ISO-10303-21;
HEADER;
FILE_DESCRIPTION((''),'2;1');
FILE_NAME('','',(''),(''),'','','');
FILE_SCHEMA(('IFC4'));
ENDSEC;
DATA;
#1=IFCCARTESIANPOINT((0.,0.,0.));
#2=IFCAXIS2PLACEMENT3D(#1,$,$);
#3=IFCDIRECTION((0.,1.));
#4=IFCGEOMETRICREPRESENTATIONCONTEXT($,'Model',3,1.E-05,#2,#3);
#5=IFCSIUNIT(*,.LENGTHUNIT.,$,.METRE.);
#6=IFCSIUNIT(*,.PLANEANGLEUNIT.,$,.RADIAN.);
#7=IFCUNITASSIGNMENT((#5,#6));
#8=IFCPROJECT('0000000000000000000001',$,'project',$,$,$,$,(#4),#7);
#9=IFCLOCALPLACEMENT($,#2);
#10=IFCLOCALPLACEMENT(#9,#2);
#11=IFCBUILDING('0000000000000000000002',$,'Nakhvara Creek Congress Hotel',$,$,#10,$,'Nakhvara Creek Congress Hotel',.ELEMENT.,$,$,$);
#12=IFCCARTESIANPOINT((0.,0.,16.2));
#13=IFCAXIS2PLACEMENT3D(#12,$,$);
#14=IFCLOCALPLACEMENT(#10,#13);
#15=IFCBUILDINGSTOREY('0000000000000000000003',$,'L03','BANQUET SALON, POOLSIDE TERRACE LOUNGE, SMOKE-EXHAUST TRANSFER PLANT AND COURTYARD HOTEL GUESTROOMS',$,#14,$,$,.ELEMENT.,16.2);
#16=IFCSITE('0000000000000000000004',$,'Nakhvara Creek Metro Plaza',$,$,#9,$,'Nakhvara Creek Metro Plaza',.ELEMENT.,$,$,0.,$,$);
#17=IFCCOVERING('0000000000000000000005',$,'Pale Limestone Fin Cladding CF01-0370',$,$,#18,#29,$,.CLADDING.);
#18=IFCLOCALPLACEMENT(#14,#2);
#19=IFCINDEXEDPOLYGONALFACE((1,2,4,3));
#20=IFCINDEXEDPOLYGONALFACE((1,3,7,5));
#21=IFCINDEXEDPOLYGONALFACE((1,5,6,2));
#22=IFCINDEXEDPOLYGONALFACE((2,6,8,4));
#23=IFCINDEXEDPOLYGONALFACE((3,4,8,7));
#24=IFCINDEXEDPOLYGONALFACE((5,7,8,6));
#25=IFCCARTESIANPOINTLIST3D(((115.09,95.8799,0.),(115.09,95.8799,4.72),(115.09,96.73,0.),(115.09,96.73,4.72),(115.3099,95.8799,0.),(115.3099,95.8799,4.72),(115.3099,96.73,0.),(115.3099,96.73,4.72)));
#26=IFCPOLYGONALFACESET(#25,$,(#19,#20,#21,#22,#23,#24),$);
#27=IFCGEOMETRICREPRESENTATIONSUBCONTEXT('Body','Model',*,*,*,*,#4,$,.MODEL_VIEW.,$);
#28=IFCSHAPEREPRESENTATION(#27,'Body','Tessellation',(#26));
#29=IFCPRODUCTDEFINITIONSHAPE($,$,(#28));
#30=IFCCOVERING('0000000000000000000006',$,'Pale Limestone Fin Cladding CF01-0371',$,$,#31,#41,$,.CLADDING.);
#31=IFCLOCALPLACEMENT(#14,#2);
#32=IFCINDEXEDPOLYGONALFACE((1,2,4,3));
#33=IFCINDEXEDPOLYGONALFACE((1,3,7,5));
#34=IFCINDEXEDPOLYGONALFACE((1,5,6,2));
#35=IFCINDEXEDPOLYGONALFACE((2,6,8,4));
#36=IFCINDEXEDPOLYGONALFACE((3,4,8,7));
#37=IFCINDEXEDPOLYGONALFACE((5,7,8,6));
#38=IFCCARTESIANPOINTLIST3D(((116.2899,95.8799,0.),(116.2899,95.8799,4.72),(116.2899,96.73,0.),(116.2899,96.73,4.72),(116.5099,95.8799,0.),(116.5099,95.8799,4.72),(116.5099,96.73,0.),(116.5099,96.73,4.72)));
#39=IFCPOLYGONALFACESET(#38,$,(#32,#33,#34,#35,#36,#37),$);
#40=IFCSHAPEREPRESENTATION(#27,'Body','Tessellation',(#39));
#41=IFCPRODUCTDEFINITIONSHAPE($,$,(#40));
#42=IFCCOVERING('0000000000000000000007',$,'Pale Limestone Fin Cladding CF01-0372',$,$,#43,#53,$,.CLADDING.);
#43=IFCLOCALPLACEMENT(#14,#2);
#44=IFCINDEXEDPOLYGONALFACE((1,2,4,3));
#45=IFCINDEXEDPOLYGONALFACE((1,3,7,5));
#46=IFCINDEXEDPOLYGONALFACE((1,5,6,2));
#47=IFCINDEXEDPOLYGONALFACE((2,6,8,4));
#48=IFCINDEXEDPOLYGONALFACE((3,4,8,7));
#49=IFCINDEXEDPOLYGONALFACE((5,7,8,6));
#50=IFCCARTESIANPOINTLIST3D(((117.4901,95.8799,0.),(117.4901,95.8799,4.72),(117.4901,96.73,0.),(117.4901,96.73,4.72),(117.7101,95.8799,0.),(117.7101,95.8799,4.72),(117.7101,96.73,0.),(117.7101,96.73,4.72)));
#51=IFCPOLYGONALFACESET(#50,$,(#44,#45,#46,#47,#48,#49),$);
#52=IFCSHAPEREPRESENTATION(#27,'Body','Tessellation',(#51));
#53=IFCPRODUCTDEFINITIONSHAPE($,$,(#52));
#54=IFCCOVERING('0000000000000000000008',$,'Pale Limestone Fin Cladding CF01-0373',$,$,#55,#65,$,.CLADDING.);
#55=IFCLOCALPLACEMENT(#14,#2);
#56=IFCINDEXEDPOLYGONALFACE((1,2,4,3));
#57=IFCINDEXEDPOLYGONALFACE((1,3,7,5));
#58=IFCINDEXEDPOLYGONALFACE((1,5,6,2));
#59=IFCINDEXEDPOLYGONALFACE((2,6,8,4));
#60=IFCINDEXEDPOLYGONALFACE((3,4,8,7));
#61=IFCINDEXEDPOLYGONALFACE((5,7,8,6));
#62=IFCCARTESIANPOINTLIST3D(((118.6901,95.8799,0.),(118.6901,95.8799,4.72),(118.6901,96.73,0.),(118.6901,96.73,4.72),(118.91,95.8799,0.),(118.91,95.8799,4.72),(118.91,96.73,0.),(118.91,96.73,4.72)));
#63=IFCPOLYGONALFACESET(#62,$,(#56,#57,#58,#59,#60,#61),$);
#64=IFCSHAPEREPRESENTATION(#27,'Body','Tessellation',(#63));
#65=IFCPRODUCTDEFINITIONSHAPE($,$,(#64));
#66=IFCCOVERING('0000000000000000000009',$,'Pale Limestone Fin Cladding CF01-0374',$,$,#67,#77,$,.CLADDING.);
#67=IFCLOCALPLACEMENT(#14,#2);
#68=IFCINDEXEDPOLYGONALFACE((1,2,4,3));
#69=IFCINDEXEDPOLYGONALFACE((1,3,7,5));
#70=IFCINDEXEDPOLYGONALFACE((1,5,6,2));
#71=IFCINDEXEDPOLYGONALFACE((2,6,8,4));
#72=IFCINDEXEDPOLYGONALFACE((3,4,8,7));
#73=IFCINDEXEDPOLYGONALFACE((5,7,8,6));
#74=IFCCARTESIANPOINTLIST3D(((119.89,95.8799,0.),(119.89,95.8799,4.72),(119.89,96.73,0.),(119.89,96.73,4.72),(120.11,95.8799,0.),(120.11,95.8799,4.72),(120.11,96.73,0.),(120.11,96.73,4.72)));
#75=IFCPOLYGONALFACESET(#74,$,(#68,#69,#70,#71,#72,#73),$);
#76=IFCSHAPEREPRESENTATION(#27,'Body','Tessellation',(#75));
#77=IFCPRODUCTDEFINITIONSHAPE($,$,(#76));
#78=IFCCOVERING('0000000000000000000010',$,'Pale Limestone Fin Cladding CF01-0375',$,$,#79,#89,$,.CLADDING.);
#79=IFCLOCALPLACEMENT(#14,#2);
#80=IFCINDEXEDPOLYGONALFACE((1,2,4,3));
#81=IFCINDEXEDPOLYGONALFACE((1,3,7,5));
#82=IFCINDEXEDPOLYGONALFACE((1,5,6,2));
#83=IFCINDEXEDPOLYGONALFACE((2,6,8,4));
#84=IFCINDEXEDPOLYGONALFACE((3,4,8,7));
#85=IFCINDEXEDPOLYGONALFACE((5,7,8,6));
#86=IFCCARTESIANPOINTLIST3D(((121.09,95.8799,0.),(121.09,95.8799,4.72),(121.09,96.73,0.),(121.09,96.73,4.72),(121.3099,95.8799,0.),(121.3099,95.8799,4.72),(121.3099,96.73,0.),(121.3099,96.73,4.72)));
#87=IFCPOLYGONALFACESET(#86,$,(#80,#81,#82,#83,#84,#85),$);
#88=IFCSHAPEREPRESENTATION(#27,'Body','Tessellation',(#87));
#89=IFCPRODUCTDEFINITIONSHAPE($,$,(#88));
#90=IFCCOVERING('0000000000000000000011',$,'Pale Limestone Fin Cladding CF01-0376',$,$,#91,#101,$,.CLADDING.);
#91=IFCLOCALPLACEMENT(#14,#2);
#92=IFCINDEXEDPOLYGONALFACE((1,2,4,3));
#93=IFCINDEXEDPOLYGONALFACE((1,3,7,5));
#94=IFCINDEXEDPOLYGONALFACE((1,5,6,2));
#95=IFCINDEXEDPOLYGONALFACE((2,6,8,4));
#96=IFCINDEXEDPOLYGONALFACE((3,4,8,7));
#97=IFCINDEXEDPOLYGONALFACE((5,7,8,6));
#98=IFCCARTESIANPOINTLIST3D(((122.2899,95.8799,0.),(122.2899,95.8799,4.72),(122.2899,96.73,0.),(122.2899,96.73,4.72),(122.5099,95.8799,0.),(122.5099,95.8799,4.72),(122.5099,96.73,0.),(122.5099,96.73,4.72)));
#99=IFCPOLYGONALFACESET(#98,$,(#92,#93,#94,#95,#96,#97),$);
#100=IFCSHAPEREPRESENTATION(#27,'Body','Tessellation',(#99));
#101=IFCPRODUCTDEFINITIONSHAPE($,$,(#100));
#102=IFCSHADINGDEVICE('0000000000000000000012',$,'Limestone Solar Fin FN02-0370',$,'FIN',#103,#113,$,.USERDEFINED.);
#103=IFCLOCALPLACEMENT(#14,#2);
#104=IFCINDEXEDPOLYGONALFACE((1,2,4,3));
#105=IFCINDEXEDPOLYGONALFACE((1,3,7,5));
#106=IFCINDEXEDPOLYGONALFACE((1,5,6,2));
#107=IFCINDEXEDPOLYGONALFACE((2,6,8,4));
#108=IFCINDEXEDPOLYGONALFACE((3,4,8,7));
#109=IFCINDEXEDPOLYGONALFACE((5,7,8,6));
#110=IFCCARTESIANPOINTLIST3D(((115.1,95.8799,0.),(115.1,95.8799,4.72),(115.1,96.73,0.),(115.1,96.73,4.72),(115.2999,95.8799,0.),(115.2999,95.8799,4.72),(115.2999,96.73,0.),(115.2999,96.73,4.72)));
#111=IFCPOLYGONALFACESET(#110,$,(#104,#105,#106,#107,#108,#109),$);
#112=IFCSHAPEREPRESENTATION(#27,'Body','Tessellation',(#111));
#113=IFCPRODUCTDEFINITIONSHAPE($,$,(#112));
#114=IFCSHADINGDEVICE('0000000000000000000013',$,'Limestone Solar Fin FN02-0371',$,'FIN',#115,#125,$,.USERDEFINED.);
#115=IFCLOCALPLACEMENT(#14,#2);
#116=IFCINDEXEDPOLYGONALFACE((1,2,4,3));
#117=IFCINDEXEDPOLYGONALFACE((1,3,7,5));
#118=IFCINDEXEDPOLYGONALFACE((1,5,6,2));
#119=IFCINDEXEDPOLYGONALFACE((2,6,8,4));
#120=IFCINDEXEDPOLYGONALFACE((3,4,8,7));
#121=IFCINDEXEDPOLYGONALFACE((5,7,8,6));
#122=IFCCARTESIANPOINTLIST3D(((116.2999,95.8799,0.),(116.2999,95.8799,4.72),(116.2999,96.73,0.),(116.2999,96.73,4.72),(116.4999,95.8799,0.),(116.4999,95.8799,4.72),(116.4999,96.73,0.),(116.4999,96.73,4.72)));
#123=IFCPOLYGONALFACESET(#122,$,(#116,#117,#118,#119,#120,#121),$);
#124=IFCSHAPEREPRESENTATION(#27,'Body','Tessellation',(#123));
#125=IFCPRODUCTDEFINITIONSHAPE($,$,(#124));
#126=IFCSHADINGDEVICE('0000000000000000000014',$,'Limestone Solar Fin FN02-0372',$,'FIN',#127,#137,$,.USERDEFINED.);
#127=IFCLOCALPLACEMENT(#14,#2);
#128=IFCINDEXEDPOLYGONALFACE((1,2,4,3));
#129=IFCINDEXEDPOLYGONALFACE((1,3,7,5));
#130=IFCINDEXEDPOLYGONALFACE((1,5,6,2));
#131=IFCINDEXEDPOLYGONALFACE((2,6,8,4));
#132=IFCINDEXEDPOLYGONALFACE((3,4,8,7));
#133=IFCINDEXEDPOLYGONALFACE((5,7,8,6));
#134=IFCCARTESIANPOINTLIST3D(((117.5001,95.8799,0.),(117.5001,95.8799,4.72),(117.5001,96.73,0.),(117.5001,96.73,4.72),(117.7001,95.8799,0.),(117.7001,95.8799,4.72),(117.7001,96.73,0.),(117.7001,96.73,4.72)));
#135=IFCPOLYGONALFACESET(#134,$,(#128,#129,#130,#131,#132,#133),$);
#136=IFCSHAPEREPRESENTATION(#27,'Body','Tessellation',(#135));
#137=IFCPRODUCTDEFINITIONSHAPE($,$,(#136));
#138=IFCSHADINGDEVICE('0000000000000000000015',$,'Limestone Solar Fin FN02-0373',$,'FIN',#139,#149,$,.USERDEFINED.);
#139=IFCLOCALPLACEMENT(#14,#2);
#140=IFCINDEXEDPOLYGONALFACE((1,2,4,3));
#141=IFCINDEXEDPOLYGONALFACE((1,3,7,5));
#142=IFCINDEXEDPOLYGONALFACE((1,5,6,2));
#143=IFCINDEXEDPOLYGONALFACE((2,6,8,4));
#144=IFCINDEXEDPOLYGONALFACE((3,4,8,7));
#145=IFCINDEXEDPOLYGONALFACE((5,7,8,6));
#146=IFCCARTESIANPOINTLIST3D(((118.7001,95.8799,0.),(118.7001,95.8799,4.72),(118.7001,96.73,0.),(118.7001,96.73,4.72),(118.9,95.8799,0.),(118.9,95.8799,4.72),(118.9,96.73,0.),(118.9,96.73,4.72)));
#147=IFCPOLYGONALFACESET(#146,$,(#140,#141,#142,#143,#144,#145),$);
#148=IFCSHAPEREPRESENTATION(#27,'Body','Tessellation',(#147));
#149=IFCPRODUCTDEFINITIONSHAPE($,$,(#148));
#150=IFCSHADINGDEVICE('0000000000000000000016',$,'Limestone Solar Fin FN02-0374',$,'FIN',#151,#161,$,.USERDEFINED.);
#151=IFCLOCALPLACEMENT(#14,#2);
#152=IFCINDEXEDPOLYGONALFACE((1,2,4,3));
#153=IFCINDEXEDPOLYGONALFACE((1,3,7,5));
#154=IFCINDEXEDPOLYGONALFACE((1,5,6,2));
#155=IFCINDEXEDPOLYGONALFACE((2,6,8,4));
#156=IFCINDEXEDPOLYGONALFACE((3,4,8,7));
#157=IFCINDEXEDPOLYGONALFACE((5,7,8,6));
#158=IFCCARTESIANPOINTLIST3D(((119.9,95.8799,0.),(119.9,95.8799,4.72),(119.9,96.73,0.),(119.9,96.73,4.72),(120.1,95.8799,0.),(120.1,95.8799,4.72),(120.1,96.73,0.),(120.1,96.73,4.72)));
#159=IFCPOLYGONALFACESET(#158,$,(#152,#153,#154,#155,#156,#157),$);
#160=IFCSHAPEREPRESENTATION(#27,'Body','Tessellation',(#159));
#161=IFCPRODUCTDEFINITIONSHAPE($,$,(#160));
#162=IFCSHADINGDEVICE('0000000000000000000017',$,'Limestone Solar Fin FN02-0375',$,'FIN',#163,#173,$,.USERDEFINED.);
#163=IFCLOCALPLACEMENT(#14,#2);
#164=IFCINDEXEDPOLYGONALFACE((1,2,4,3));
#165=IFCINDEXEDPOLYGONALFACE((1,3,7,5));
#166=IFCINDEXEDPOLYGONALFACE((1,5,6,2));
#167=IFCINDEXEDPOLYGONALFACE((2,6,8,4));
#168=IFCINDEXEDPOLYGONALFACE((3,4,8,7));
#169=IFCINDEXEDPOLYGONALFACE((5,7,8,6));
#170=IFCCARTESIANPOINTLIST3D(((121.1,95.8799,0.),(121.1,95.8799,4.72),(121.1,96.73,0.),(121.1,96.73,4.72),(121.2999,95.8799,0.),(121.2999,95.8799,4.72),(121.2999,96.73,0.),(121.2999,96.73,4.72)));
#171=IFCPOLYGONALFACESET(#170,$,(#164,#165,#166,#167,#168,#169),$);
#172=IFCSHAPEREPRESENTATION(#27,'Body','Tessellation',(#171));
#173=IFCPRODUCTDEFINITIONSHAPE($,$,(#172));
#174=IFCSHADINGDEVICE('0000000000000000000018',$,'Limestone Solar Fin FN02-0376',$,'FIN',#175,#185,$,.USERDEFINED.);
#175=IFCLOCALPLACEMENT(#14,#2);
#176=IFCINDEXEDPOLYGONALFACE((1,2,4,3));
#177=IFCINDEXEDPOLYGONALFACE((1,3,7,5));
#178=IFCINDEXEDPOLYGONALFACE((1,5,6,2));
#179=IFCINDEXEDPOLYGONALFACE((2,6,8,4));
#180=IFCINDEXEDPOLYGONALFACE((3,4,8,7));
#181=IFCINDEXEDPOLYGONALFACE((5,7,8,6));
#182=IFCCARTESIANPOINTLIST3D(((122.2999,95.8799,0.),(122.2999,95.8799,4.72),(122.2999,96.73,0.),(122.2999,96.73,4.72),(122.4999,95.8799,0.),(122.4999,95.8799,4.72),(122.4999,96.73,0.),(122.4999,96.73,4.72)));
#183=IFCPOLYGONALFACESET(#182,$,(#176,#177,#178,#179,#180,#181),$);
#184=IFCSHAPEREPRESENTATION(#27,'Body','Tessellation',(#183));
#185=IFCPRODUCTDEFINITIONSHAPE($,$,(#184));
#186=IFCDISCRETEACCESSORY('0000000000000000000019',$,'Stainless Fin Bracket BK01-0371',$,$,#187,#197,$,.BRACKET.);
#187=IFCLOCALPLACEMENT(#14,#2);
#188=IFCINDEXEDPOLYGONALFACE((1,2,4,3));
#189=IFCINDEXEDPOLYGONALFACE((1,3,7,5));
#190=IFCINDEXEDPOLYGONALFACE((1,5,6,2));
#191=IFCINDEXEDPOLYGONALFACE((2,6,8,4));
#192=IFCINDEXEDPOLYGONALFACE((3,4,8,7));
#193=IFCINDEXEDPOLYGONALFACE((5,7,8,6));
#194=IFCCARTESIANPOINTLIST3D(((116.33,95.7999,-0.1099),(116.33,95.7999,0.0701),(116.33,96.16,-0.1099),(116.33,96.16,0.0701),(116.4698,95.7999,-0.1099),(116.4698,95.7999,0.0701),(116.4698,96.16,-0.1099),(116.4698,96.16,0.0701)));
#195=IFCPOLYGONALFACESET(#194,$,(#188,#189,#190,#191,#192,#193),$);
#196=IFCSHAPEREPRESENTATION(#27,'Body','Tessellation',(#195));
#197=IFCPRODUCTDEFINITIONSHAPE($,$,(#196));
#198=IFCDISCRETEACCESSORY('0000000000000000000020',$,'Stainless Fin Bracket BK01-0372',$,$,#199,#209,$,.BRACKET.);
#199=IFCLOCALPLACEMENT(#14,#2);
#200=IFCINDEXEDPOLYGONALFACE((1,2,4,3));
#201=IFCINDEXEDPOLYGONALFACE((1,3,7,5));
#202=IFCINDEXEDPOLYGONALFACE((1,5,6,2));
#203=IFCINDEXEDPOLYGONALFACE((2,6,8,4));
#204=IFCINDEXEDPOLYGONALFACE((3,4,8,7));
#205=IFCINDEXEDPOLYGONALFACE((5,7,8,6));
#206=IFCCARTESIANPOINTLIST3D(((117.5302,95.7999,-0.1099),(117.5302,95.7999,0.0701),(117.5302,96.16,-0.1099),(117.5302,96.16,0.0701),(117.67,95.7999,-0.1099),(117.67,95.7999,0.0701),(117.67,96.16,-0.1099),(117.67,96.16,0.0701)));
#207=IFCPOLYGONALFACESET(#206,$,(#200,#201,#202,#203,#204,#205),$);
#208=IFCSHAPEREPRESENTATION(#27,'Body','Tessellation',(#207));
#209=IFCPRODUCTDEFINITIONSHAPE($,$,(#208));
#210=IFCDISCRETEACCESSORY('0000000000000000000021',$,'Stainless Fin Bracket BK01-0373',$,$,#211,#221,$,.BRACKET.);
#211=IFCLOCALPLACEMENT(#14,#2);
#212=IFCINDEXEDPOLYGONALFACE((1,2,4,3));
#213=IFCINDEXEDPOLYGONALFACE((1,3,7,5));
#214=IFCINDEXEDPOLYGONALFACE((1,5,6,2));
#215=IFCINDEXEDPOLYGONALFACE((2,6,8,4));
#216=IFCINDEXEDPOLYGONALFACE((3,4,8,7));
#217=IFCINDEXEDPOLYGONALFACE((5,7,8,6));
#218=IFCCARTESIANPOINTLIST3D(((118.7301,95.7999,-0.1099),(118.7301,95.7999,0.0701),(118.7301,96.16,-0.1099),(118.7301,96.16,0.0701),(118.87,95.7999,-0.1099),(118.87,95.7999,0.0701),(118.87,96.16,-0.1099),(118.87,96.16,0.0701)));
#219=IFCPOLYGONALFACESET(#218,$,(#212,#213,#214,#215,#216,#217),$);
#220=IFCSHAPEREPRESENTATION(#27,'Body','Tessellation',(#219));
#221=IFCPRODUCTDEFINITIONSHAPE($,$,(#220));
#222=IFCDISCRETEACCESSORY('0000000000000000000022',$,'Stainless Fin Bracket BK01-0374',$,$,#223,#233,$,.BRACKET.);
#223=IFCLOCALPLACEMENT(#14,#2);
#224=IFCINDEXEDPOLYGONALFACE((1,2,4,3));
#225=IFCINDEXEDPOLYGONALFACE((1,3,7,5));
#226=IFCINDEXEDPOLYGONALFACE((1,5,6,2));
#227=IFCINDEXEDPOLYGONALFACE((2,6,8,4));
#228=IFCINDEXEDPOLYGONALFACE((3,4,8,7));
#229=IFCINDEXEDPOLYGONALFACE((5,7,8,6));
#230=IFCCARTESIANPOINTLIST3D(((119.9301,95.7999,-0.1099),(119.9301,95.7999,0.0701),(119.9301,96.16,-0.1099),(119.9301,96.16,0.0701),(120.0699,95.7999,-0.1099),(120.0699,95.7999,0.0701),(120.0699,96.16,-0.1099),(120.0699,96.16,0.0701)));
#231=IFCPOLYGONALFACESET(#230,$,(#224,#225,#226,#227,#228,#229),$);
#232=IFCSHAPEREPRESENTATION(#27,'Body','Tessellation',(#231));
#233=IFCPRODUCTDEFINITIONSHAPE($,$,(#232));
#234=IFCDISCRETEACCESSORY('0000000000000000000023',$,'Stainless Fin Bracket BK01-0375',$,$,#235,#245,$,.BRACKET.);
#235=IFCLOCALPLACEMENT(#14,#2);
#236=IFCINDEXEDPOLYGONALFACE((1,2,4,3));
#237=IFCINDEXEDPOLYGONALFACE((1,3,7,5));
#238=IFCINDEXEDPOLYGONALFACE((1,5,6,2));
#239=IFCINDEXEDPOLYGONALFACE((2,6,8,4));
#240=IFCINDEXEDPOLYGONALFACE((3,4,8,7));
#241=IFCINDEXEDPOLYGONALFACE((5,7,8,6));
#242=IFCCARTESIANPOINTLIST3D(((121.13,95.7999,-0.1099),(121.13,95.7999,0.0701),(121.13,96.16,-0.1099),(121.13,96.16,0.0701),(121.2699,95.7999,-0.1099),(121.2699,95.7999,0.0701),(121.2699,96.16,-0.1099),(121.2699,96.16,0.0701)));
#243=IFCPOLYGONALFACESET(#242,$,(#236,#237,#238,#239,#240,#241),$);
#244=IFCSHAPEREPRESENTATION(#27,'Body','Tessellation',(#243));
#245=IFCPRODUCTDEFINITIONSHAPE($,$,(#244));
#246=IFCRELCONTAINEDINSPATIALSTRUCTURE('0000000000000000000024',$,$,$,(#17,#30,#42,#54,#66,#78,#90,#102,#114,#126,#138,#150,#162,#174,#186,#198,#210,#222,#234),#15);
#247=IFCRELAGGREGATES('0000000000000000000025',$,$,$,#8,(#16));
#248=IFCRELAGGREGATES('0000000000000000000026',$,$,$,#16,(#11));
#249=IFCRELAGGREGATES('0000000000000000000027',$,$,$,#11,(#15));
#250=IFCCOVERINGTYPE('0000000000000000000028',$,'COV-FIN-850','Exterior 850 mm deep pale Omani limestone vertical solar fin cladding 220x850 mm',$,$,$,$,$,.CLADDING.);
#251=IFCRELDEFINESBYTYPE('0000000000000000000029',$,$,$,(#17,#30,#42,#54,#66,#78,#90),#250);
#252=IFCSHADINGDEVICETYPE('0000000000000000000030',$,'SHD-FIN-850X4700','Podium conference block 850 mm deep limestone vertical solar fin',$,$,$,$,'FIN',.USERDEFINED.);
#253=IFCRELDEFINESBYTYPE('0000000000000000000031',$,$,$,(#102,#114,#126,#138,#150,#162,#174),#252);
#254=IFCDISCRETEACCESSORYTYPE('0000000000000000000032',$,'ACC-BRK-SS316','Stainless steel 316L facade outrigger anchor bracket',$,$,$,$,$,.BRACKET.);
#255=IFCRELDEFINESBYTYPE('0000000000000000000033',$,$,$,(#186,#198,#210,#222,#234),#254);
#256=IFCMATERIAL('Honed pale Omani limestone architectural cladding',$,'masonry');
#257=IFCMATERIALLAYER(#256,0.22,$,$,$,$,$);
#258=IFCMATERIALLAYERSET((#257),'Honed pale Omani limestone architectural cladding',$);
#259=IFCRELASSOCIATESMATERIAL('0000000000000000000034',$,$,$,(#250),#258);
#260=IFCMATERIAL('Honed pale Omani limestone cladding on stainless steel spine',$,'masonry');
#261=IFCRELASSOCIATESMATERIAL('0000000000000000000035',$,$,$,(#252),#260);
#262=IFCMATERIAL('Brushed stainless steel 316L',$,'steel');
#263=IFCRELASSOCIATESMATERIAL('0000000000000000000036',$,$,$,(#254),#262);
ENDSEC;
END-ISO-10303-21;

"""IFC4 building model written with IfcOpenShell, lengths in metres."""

from ifc_helpers import new_model, si_unit, direction, frame, origin, origin_2d, place, context, subcontext, project, spatial, rectangle, extrude, material, layer, layer_set, type_object, element, save


model = new_model("IFC4")

# Units and contexts
model_context = context("Model", 3, precision=1e-05, world=origin(), true_north=direction((0.0, 1.0)))
body_context = subcontext(model_context, "Body", "Model", "MODEL_VIEW")
ifc_project = project(units=[si_unit("LENGTHUNIT", "METRE"), si_unit("PLANEANGLEUNIT", "RADIAN")], contexts=[model_context])

# Site, building, storey
site_placement = place(None, origin())
site = spatial("IfcSite", under=ifc_project, at=site_placement, Name="Nakhvara Creek Metro Plaza", LongName="Nakhvara Creek Metro Plaza", CompositionType="ELEMENT", RefElevation=0.0)
building_placement = place(site_placement, origin())
building = spatial("IfcBuilding", under=site, at=building_placement, Name="Nakhvara Creek Congress Hotel", LongName="Nakhvara Creek Congress Hotel", CompositionType="ELEMENT")
storey_placement = place(building_placement, frame((0.0, 0.0, 16.2)))
storey = spatial("IfcBuildingStorey", under=building, at=storey_placement, Name="L03", Description="BANQUET SALON, POOLSIDE TERRACE LOUNGE, SMOKE-EXHAUST TRANSFER PLANT AND COURTYARD HOTEL GUESTROOMS", CompositionType="ELEMENT", Elevation=16.2)

# Coverings
ifc_material_1 = material(Name="Honed pale Omani limestone architectural cladding", Category="masonry")
ifc_layer = layer(ifc_material_1, 0.22)
ifc_layer_set = layer_set([ifc_layer], Name="Honed pale Omani limestone architectural cladding")
covering_type = type_object("IfcCoveringType", Name="COV-FIN-850", Description="Exterior 850 mm deep pale Omani limestone vertical solar fin cladding 220x850 mm", PredefinedType="CLADDING", material=ifc_layer_set)
for number, where, z_axis, x_axis, name in (
    (1, (115.2, 96.3049, 0.0), (0.0, 0.0, 1.0), (1.0, 0.0, 0.0), "Pale Limestone Fin Cladding CF01-0370"),
    (2, (116.3999, 96.3049, 0.0), (0.0, 0.0, 1.0), (1.0, 0.0, 0.0), "Pale Limestone Fin Cladding CF01-0371"),
    (3, (117.6001, 96.3049, 0.0), (0.0, 0.0, 1.0), (1.0, 0.0, 0.0), "Pale Limestone Fin Cladding CF01-0372"),
    (4, (118.8, 96.3049, 0.0), (0.0, 0.0, 1.0), (1.0, 0.0, 0.0), "Pale Limestone Fin Cladding CF01-0373"),
    (5, (120.0, 96.3049, 0.0), (0.0, 0.0, 1.0), (1.0, 0.0, 0.0), "Pale Limestone Fin Cladding CF01-0374"),
    (6, (121.2, 96.3049, 0.0), (0.0, 0.0, 1.0), (1.0, 0.0, 0.0), "Pale Limestone Fin Cladding CF01-0375"),
    (7, (122.3999, 96.3049, 0.0), (0.0, 0.0, 1.0), (1.0, 0.0, 0.0), "Pale Limestone Fin Cladding CF01-0376"),
):
    element("IfcCovering", number, at=place(storey_placement, frame(where, z_axis=z_axis, x_axis=x_axis)), inside=storey, type_object=covering_type, Name=name, PredefinedType="CLADDING", context=body_context, shape_type="SweptSolid", body=[
        extrude(rectangle(XDim=0.22, YDim=0.8501, at=origin_2d()), origin(), (0.0, 0.0, 1.0), 4.72),
    ])

# Shared definitions
ifc_material_2 = material(Name="Brushed stainless steel 316L", Category="steel")

# Shading devices
ifc_material_3 = material(Name="Honed pale Omani limestone cladding on stainless steel spine", Category="masonry")
shading_device_type = type_object("IfcShadingDeviceType", Name="SHD-FIN-850X4700", Description="Podium conference block 850 mm deep limestone vertical solar fin", ElementType="FIN", PredefinedType="USERDEFINED", material=ifc_material_3)
for number, where, z_axis, x_axis, name in (
    (8, (115.2, 96.3049, 0.0), (0.0, 0.0, 1.0), (1.0, 0.0, 0.0), "Limestone Solar Fin FN02-0370"),
    (9, (116.3999, 96.3049, 0.0), (0.0, 0.0, 1.0), (1.0, 0.0, 0.0), "Limestone Solar Fin FN02-0371"),
    (10, (117.6001, 96.3049, 0.0), (0.0, 0.0, 1.0), (1.0, 0.0, 0.0), "Limestone Solar Fin FN02-0372"),
    (11, (118.8, 96.3049, 0.0), (0.0, 0.0, 1.0), (1.0, 0.0, 0.0), "Limestone Solar Fin FN02-0373"),
    (12, (120.0, 96.3049, 0.0), (0.0, 0.0, 1.0), (1.0, 0.0, 0.0), "Limestone Solar Fin FN02-0374"),
    (13, (121.2, 96.3049, 0.0), (0.0, 0.0, 1.0), (1.0, 0.0, 0.0), "Limestone Solar Fin FN02-0375"),
    (14, (122.3999, 96.3049, 0.0), (0.0, 0.0, 1.0), (1.0, 0.0, 0.0), "Limestone Solar Fin FN02-0376"),
):
    element("IfcShadingDevice", number, at=place(storey_placement, frame(where, z_axis=z_axis, x_axis=x_axis)), inside=storey, type_object=shading_device_type, Name=name, ObjectType="FIN", PredefinedType="USERDEFINED", context=body_context, shape_type="SweptSolid", body=[
        extrude(rectangle(XDim=0.2, YDim=0.8501, at=origin_2d()), origin(), (0.0, 0.0, 1.0), 4.72),
    ])

# Discrete accessories
discrete_accessory_type = type_object("IfcDiscreteAccessoryType", Name="ACC-BRK-SS316", Description="Stainless steel 316L facade outrigger anchor bracket", PredefinedType="BRACKET", material=ifc_material_2)
for number, where, z_axis, x_axis, name in (
    (15, (116.3999, 95.98, -0.1099), (0.0, 0.0, 1.0), (1.0, 0.0, 0.0), "Stainless Fin Bracket BK01-0371"),
    (16, (117.6001, 95.98, -0.1099), (0.0, 0.0, 1.0), (1.0, 0.0, 0.0), "Stainless Fin Bracket BK01-0372"),
    (17, (118.8, 95.98, -0.1099), (0.0, 0.0, 1.0), (1.0, 0.0, 0.0), "Stainless Fin Bracket BK01-0373"),
    (18, (120.0, 95.98, -0.1099), (0.0, 0.0, 1.0), (1.0, 0.0, 0.0), "Stainless Fin Bracket BK01-0374"),
    (19, (121.2, 95.98, -0.1099), (0.0, 0.0, 1.0), (1.0, 0.0, 0.0), "Stainless Fin Bracket BK01-0375"),
):
    element("IfcDiscreteAccessory", number, at=place(storey_placement, frame(where, z_axis=z_axis, x_axis=x_axis)), inside=storey, type_object=discrete_accessory_type, Name=name, PredefinedType="BRACKET", context=body_context, shape_type="SweptSolid", body=[
        extrude(rectangle(XDim=0.1399, YDim=0.3601, at=origin_2d()), origin(), (0.0, 0.0, 1.0), 0.1799),
    ])

save(model, "model.ifc")
